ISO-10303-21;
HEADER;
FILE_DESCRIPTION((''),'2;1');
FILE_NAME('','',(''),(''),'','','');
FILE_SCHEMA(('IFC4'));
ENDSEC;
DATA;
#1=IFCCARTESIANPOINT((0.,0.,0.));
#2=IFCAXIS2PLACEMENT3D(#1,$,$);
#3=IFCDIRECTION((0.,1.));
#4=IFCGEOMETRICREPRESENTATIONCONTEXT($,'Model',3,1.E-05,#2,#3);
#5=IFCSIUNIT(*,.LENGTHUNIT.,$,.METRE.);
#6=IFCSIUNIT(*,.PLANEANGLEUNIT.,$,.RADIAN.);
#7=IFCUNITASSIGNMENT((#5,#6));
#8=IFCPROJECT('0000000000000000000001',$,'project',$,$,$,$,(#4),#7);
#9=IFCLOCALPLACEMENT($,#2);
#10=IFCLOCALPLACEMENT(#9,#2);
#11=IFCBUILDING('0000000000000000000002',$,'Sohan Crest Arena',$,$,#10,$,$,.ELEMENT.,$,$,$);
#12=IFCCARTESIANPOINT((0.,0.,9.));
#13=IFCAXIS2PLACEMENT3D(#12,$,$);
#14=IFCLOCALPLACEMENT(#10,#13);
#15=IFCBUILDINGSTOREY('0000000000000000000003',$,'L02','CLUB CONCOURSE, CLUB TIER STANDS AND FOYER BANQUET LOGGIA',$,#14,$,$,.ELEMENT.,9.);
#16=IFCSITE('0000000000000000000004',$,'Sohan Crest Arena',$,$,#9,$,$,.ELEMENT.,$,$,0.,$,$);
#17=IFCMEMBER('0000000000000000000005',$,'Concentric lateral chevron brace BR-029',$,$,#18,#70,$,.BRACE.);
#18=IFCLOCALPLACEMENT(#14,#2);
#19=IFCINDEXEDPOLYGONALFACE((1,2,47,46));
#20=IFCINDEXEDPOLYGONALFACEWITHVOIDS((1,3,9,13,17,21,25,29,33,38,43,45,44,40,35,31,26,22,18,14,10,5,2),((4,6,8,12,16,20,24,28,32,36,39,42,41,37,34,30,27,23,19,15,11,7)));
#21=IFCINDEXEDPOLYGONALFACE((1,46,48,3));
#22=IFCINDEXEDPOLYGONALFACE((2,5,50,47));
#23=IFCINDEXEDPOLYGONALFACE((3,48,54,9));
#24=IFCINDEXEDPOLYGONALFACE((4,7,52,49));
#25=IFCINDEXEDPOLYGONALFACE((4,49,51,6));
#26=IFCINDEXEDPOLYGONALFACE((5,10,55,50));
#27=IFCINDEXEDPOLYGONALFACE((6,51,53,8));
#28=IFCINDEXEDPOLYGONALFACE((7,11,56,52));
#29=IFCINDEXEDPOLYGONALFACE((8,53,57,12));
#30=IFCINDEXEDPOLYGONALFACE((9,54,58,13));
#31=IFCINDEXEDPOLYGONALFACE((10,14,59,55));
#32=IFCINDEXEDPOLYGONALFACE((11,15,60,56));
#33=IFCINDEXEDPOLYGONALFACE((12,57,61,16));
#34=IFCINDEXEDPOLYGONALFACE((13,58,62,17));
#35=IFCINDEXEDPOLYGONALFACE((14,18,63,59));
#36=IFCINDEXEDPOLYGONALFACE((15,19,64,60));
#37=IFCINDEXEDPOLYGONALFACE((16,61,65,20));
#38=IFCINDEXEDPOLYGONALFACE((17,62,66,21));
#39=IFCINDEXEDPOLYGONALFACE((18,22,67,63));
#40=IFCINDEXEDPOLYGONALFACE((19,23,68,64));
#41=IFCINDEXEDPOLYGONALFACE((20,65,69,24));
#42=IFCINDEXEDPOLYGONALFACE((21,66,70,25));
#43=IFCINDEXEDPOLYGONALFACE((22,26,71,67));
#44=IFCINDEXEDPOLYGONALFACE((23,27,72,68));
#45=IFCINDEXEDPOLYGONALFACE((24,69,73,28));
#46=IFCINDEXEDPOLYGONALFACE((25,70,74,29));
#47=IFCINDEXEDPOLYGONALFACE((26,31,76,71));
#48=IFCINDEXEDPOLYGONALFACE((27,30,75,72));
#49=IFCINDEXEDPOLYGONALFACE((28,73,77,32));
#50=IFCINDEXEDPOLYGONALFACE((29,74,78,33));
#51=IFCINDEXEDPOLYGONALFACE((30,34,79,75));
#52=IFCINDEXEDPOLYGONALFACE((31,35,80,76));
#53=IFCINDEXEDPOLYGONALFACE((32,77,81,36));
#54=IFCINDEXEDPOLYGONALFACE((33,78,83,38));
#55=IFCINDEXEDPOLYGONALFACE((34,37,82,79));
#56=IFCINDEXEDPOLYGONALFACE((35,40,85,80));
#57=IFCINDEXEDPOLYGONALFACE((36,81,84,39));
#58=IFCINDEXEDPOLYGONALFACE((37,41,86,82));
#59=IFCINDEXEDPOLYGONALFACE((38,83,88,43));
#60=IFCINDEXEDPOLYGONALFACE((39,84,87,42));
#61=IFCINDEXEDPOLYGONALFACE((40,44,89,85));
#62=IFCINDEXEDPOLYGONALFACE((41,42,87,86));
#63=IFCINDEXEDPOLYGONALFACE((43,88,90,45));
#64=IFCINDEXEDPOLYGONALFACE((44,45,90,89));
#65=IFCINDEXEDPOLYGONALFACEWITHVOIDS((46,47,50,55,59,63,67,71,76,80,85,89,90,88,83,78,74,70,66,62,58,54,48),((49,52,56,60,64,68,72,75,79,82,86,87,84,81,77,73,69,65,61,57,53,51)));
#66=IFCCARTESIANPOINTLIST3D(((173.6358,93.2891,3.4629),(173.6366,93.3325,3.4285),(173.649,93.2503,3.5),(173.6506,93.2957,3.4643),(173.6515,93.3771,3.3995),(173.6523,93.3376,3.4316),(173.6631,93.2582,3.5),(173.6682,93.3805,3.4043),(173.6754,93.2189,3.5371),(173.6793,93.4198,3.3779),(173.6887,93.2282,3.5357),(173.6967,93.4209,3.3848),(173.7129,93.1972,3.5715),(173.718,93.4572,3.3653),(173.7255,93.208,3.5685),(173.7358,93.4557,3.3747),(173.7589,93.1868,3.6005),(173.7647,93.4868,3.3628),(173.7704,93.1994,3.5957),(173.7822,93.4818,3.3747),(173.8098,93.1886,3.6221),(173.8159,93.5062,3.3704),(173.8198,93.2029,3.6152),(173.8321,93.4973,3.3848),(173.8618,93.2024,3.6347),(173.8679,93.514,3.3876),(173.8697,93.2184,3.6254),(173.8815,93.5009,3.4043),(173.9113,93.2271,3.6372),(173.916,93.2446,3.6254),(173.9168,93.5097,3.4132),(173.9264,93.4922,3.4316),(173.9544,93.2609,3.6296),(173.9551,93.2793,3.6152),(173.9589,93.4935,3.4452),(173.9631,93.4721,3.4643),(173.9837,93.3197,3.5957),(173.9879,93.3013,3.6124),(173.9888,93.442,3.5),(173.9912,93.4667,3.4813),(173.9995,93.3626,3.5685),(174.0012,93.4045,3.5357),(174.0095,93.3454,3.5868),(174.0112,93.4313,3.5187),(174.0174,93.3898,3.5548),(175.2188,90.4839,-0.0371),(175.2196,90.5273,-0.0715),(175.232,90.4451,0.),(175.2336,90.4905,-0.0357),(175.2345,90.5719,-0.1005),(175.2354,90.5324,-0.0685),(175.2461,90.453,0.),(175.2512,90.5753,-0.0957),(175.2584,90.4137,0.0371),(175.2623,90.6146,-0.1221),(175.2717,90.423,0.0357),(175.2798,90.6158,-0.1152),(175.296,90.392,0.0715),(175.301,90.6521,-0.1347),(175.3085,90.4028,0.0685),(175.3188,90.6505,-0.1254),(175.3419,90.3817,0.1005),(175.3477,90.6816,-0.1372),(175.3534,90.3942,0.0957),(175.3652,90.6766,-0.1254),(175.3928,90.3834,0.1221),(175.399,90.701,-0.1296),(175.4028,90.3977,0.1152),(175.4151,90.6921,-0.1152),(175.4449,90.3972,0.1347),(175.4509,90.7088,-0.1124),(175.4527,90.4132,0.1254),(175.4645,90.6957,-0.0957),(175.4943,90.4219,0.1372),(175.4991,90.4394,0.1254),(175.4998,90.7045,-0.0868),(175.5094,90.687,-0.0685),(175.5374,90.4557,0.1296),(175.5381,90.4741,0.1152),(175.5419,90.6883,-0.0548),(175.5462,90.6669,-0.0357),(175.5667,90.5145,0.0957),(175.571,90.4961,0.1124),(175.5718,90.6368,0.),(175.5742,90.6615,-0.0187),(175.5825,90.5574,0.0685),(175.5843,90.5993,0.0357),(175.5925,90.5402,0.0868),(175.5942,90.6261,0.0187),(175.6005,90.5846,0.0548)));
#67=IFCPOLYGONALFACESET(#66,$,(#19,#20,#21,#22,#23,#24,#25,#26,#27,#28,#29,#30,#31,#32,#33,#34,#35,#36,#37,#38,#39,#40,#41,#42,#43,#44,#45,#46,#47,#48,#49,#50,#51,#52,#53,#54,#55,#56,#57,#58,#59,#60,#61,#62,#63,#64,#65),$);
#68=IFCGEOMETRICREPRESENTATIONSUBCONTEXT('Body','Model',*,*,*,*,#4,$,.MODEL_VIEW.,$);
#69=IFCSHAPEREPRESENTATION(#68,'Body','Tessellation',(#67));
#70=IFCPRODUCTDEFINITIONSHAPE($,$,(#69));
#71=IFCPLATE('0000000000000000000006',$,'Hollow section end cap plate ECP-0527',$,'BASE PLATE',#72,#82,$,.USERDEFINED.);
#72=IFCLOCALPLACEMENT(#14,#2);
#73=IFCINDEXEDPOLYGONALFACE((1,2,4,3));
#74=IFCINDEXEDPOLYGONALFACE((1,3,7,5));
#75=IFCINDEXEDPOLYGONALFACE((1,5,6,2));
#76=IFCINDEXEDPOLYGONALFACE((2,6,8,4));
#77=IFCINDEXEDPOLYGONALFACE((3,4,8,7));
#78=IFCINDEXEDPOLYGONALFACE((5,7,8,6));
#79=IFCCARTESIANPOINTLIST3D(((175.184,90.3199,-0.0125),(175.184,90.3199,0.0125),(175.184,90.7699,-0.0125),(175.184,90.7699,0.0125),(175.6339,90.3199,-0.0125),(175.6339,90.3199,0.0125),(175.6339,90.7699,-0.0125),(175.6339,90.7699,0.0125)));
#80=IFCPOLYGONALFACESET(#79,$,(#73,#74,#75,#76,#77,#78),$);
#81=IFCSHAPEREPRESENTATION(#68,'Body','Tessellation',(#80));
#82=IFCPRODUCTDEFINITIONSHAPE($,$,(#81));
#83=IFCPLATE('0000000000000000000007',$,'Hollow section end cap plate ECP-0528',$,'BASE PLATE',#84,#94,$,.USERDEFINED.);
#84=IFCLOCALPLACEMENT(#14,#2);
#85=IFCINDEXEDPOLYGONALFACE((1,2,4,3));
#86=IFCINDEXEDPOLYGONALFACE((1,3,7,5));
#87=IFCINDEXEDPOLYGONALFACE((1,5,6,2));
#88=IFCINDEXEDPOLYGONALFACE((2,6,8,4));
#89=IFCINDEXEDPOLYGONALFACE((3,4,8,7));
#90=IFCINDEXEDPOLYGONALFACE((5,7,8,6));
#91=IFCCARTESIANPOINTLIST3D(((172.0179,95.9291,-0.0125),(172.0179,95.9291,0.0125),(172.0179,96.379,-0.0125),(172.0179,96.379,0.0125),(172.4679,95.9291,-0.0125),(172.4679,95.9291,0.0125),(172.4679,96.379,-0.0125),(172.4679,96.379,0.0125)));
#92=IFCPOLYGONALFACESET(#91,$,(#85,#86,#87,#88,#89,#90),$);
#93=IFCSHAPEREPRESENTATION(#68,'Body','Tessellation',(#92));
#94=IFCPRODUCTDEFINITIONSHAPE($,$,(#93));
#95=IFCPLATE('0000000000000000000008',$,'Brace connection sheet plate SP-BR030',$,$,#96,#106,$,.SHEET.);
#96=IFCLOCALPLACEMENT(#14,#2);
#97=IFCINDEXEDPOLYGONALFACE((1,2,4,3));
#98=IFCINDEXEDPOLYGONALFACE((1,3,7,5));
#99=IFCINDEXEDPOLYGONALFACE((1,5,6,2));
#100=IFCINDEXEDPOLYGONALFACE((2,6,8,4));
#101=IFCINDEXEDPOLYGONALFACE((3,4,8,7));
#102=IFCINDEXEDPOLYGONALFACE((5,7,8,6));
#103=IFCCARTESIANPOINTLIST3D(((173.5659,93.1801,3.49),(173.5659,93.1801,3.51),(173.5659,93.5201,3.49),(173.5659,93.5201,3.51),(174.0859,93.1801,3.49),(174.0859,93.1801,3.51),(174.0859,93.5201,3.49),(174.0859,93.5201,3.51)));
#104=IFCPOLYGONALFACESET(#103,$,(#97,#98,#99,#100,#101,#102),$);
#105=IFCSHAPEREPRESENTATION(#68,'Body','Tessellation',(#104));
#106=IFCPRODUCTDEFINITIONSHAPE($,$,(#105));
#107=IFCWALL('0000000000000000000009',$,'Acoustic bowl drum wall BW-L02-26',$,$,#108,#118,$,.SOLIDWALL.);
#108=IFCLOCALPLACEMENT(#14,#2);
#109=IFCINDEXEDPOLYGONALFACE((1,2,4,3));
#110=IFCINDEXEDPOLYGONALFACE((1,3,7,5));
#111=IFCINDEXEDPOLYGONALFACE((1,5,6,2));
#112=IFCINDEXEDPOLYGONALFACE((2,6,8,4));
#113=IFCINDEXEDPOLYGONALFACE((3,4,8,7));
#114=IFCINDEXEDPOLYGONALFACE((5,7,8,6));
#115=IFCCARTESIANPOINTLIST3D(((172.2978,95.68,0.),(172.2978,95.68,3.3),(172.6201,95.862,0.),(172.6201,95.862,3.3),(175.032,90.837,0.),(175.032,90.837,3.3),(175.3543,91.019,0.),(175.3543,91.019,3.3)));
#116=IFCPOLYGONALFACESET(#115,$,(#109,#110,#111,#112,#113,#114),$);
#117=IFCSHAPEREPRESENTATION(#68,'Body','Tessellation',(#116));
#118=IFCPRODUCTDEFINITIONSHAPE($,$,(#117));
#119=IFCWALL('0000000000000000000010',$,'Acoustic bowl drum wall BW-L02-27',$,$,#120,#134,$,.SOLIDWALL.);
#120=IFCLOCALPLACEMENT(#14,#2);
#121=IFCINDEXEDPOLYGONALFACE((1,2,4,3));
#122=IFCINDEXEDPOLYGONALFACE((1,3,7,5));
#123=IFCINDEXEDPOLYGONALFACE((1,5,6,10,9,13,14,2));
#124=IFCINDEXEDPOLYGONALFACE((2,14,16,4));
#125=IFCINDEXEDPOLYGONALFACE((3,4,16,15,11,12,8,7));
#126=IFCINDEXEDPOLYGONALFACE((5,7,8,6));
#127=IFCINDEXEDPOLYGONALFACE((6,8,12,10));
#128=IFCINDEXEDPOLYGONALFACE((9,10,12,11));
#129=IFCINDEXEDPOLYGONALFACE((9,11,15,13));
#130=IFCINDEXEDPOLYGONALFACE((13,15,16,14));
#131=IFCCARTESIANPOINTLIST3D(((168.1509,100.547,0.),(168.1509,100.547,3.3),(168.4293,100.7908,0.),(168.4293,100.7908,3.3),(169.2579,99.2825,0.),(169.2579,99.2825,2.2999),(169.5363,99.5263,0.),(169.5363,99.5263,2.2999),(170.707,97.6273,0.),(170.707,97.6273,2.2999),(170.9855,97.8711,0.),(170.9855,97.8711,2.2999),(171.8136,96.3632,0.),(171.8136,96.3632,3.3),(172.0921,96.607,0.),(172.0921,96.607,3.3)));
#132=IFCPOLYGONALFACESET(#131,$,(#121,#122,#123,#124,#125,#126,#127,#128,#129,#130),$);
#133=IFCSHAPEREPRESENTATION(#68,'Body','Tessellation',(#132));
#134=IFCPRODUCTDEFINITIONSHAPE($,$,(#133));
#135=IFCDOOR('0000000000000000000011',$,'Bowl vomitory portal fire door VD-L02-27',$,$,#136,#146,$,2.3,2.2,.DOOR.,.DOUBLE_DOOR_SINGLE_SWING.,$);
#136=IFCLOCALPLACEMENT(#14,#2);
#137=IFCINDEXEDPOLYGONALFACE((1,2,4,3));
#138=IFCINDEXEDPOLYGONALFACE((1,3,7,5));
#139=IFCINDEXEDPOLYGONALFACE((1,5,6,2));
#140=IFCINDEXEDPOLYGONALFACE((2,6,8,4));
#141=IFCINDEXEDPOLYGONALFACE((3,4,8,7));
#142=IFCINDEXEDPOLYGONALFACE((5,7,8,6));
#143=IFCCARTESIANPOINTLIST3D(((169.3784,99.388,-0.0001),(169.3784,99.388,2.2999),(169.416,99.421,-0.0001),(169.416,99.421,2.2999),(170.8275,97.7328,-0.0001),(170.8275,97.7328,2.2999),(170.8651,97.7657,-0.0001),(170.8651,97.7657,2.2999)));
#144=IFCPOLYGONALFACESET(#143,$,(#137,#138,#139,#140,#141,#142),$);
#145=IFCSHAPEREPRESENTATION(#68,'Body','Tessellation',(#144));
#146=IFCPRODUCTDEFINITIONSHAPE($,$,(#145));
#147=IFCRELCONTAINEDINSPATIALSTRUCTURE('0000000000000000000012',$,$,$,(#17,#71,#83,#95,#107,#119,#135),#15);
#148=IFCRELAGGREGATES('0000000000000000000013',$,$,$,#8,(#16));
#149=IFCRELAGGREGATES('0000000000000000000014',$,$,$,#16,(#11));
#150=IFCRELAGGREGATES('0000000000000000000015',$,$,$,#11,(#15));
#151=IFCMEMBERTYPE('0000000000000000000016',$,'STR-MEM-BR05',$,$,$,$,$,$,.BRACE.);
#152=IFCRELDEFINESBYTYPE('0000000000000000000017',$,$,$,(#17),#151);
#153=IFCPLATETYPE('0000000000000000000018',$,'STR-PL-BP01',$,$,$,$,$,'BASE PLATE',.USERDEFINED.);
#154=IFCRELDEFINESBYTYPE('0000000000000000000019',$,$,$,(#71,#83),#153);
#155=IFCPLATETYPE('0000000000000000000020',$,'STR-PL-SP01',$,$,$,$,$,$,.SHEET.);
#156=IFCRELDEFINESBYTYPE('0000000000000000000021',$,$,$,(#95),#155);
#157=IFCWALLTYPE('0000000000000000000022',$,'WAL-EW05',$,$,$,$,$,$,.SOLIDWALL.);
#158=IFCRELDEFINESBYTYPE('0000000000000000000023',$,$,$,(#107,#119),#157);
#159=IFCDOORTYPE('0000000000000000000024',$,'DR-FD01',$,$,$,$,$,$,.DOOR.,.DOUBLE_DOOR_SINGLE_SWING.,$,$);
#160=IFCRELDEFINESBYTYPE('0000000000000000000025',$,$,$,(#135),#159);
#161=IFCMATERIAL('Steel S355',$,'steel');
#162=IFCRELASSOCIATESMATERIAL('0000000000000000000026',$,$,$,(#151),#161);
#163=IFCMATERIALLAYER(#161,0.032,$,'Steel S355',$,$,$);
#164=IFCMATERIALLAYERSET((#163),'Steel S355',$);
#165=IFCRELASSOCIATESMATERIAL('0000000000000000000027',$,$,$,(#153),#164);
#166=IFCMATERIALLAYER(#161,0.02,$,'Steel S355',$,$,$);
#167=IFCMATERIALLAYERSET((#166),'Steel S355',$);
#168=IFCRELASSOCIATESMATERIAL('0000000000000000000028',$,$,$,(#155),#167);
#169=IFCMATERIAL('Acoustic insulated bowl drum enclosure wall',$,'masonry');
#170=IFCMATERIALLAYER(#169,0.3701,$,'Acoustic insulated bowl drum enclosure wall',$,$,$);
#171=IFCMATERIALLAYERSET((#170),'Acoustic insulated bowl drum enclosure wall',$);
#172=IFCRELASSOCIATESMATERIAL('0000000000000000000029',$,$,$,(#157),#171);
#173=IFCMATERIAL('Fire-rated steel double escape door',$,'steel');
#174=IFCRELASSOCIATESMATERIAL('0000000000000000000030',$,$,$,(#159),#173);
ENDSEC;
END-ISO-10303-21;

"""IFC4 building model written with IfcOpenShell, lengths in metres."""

from ifc_helpers import new_model, si_unit, direction, frame, frame_2d, origin, origin_2d, place, context, subcontext, project, spatial, rectangle, hollow_circle, extrude, material, layer, layer_set, material_profile, profile_set, type_object, element, fill, save


model = new_model("IFC4")

# Units and contexts
model_context = context("Model", 3, precision=1e-05, world=origin(), true_north=direction((0.0, 1.0)))
body_context = subcontext(model_context, "Body", "Model", "MODEL_VIEW")
ifc_project = project(units=[si_unit("LENGTHUNIT", "METRE"), si_unit("PLANEANGLEUNIT", "RADIAN")], contexts=[model_context])

# Site, building, storey
site_placement = place(None, origin())
site = spatial("IfcSite", under=ifc_project, at=site_placement, Name="Sohan Crest Arena", CompositionType="ELEMENT", RefElevation=0.0)
building_placement = place(site_placement, origin())
building = spatial("IfcBuilding", under=site, at=building_placement, Name="Sohan Crest Arena", CompositionType="ELEMENT")
storey_placement = place(building_placement, frame((0.0, 0.0, 9.0)))
storey = spatial("IfcBuildingStorey", under=building, at=storey_placement, Name="L02", Description="CLUB CONCOURSE, CLUB TIER STANDS AND FOYER BANQUET LOGGIA", CompositionType="ELEMENT", Elevation=9.0)

# Shared definitions
ifc_material_1 = material(Name="Steel S355", Category="steel")

# Member
ifc_material_profile_1 = material_profile(ifc_material_1, hollow_circle(Radius=0.2031, WallThickness=0.0161, at=origin_2d()), Name="CHS 406.4x16")
ifc_profile_set_1 = profile_set([ifc_material_profile_1], Name="Steel S355")
member_type_1 = type_object("IfcMemberType", Name="STR-MEM-BR05", PredefinedType="BRACE", material=ifc_profile_set_1)
member_1_placement = place(storey_placement, frame((175.4089, 90.5449, 0.0), z_axis=(-0.332805, 0.589748, 0.735825), x_axis=(-0.870899, -0.491463, 0.0)))
element("IfcMember", 1, at=member_1_placement, inside=storey, type_object=member_type_1, Name="Concentric lateral chevron brace BR-029", PredefinedType="BRACE", context=body_context, shape_type="SweptSolid", body=[
    extrude(hollow_circle(Radius=0.2031, WallThickness=0.0161, at=origin_2d()), origin(), (0.0, 0.0, 1.0), 4.7566),
])

# Plates
ifc_layer_1 = layer(ifc_material_1, 0.032, Name="Steel S355")
ifc_layer_set_1 = layer_set([ifc_layer_1], Name="Steel S355")
plate_type_1 = type_object("IfcPlateType", Name="STR-PL-BP01", ElementType="BASE PLATE", PredefinedType="USERDEFINED", material=ifc_layer_set_1)
for number, where, z_axis, x_axis, name in (
    (2, (175.4089, 90.5449, -0.0125), (0.0, 0.0, 1.0), (1.0, 0.0, 0.0), "Hollow section end cap plate ECP-0527"),
    (3, (172.2429, 96.1541, -0.0125), (0.0, 0.0, 1.0), (1.0, 0.0, 0.0), "Hollow section end cap plate ECP-0528"),
):
    element("IfcPlate", number, at=place(storey_placement, frame(where, z_axis=z_axis, x_axis=x_axis)), inside=storey, type_object=plate_type_1, Name=name, ObjectType="BASE PLATE", PredefinedType="USERDEFINED", context=body_context, shape_type="SweptSolid", body=[
        extrude(rectangle(XDim=0.45, YDim=0.45, at=origin_2d()), origin(), (0.0, 0.0, 1.0), 0.0249),
    ])
ifc_layer_2 = layer(ifc_material_1, 0.02, Name="Steel S355")
ifc_layer_set_2 = layer_set([ifc_layer_2], Name="Steel S355")
plate_type_2 = type_object("IfcPlateType", Name="STR-PL-SP01", PredefinedType="SHEET", material=ifc_layer_set_2)
plate_placement = place(storey_placement, frame((173.8259, 93.3501, 3.49), z_axis=(0.0, 0.0, 1.0), x_axis=(1.0, 0.0, 0.0)))
element("IfcPlate", 4, at=plate_placement, inside=storey, type_object=plate_type_2, Name="Brace connection sheet plate SP-BR030", PredefinedType="SHEET", context=body_context, shape_type="SweptSolid", body=[
    extrude(rectangle(XDim=0.52, YDim=0.3401, at=origin_2d()), origin(), (0.0, 0.0, 1.0), 0.02),
])

# Wall
ifc_material_2 = material(Name="Acoustic insulated bowl drum enclosure wall", Category="masonry")
ifc_layer_3 = layer(ifc_material_2, 0.3701, Name="Acoustic insulated bowl drum enclosure wall")
ifc_layer_set_3 = layer_set([ifc_layer_3], Name="Acoustic insulated bowl drum enclosure wall")
wall_type = type_object("IfcWallType", Name="WAL-EW05", PredefinedType="SOLIDWALL", material=ifc_layer_set_3)
wall_1_placement = place(storey_placement, frame((175.1931, 90.928, 0.0), z_axis=(0.0, 0.0, 1.0), x_axis=(-0.491617, 0.870811, 0.0)))
element("IfcWall", 5, at=wall_1_placement, inside=storey, type_object=wall_type, Name="Acoustic bowl drum wall BW-L02-26", PredefinedType="SOLIDWALL", context=body_context, shape_type="SweptSolid", body=[
    extrude(rectangle(XDim=5.5615, YDim=0.3701, at=frame_2d((2.7808, 0.0))), origin(), (0.0, 0.0, 1.0), 3.3),
])

# Wall, opening, door
wall_2_placement = place(storey_placement, frame((171.9529, 96.4851, 0.0), z_axis=(0.0, 0.0, 1.0), x_axis=(-0.658707, 0.7524, 0.0)))
wall_2 = element("IfcWall", 6, at=wall_2_placement, inside=storey, type_object=wall_type, Name="Acoustic bowl drum wall BW-L02-27", PredefinedType="SOLIDWALL", context=body_context, shape_type="SweptSolid", body=[
    extrude(rectangle(XDim=5.5605, YDim=0.3701, at=frame_2d((2.7803, 0.0))), origin(), (0.0, 0.0, 1.0), 3.3),
])
opening_placement = place(wall_2_placement, frame((1.6799, 0.0, 0.0)))
opening = element("IfcOpeningElement", 7, at=opening_placement, cuts=wall_2, PredefinedType="OPENING", context=body_context, shape_type="SweptSolid", body=[
    extrude(rectangle(XDim=2.2, YDim=2.3, at=frame_2d((1.1001, 1.1499))), frame((0.0, 0.1951, 0.0), z_axis=(0.0, -1.0, 0.0), x_axis=(1.0, 0.0, 0.0)), (0.0, 0.0, 1.0), 0.3901),
])
ifc_material_3 = material(Name="Fire-rated steel double escape door", Category="steel")
door_type = type_object("IfcDoorType", Name="DR-FD01", OperationType="DOUBLE_DOOR_SINGLE_SWING", PredefinedType="DOOR", material=ifc_material_3)
door_placement = place(opening_placement, origin())
door = element("IfcDoor", 8, at=door_placement, inside=storey, type_object=door_type, Name="Bowl vomitory portal fire door VD-L02-27", OperationType="DOUBLE_DOOR_SINGLE_SWING", OverallHeight=2.3, OverallWidth=2.2, PredefinedType="DOOR", context=body_context, shape_type="SweptSolid", body=[
    extrude(rectangle(XDim=2.2, YDim=2.3, at=frame_2d((1.1001, 1.1499))), frame((0.0, 0.0249, 0.0), z_axis=(0.0, -1.0, 0.0), x_axis=(1.0, 0.0, 0.0)), (0.0, 0.0, 1.0), 0.05),
])
fill(opening, door)

save(model, "model.ifc")
